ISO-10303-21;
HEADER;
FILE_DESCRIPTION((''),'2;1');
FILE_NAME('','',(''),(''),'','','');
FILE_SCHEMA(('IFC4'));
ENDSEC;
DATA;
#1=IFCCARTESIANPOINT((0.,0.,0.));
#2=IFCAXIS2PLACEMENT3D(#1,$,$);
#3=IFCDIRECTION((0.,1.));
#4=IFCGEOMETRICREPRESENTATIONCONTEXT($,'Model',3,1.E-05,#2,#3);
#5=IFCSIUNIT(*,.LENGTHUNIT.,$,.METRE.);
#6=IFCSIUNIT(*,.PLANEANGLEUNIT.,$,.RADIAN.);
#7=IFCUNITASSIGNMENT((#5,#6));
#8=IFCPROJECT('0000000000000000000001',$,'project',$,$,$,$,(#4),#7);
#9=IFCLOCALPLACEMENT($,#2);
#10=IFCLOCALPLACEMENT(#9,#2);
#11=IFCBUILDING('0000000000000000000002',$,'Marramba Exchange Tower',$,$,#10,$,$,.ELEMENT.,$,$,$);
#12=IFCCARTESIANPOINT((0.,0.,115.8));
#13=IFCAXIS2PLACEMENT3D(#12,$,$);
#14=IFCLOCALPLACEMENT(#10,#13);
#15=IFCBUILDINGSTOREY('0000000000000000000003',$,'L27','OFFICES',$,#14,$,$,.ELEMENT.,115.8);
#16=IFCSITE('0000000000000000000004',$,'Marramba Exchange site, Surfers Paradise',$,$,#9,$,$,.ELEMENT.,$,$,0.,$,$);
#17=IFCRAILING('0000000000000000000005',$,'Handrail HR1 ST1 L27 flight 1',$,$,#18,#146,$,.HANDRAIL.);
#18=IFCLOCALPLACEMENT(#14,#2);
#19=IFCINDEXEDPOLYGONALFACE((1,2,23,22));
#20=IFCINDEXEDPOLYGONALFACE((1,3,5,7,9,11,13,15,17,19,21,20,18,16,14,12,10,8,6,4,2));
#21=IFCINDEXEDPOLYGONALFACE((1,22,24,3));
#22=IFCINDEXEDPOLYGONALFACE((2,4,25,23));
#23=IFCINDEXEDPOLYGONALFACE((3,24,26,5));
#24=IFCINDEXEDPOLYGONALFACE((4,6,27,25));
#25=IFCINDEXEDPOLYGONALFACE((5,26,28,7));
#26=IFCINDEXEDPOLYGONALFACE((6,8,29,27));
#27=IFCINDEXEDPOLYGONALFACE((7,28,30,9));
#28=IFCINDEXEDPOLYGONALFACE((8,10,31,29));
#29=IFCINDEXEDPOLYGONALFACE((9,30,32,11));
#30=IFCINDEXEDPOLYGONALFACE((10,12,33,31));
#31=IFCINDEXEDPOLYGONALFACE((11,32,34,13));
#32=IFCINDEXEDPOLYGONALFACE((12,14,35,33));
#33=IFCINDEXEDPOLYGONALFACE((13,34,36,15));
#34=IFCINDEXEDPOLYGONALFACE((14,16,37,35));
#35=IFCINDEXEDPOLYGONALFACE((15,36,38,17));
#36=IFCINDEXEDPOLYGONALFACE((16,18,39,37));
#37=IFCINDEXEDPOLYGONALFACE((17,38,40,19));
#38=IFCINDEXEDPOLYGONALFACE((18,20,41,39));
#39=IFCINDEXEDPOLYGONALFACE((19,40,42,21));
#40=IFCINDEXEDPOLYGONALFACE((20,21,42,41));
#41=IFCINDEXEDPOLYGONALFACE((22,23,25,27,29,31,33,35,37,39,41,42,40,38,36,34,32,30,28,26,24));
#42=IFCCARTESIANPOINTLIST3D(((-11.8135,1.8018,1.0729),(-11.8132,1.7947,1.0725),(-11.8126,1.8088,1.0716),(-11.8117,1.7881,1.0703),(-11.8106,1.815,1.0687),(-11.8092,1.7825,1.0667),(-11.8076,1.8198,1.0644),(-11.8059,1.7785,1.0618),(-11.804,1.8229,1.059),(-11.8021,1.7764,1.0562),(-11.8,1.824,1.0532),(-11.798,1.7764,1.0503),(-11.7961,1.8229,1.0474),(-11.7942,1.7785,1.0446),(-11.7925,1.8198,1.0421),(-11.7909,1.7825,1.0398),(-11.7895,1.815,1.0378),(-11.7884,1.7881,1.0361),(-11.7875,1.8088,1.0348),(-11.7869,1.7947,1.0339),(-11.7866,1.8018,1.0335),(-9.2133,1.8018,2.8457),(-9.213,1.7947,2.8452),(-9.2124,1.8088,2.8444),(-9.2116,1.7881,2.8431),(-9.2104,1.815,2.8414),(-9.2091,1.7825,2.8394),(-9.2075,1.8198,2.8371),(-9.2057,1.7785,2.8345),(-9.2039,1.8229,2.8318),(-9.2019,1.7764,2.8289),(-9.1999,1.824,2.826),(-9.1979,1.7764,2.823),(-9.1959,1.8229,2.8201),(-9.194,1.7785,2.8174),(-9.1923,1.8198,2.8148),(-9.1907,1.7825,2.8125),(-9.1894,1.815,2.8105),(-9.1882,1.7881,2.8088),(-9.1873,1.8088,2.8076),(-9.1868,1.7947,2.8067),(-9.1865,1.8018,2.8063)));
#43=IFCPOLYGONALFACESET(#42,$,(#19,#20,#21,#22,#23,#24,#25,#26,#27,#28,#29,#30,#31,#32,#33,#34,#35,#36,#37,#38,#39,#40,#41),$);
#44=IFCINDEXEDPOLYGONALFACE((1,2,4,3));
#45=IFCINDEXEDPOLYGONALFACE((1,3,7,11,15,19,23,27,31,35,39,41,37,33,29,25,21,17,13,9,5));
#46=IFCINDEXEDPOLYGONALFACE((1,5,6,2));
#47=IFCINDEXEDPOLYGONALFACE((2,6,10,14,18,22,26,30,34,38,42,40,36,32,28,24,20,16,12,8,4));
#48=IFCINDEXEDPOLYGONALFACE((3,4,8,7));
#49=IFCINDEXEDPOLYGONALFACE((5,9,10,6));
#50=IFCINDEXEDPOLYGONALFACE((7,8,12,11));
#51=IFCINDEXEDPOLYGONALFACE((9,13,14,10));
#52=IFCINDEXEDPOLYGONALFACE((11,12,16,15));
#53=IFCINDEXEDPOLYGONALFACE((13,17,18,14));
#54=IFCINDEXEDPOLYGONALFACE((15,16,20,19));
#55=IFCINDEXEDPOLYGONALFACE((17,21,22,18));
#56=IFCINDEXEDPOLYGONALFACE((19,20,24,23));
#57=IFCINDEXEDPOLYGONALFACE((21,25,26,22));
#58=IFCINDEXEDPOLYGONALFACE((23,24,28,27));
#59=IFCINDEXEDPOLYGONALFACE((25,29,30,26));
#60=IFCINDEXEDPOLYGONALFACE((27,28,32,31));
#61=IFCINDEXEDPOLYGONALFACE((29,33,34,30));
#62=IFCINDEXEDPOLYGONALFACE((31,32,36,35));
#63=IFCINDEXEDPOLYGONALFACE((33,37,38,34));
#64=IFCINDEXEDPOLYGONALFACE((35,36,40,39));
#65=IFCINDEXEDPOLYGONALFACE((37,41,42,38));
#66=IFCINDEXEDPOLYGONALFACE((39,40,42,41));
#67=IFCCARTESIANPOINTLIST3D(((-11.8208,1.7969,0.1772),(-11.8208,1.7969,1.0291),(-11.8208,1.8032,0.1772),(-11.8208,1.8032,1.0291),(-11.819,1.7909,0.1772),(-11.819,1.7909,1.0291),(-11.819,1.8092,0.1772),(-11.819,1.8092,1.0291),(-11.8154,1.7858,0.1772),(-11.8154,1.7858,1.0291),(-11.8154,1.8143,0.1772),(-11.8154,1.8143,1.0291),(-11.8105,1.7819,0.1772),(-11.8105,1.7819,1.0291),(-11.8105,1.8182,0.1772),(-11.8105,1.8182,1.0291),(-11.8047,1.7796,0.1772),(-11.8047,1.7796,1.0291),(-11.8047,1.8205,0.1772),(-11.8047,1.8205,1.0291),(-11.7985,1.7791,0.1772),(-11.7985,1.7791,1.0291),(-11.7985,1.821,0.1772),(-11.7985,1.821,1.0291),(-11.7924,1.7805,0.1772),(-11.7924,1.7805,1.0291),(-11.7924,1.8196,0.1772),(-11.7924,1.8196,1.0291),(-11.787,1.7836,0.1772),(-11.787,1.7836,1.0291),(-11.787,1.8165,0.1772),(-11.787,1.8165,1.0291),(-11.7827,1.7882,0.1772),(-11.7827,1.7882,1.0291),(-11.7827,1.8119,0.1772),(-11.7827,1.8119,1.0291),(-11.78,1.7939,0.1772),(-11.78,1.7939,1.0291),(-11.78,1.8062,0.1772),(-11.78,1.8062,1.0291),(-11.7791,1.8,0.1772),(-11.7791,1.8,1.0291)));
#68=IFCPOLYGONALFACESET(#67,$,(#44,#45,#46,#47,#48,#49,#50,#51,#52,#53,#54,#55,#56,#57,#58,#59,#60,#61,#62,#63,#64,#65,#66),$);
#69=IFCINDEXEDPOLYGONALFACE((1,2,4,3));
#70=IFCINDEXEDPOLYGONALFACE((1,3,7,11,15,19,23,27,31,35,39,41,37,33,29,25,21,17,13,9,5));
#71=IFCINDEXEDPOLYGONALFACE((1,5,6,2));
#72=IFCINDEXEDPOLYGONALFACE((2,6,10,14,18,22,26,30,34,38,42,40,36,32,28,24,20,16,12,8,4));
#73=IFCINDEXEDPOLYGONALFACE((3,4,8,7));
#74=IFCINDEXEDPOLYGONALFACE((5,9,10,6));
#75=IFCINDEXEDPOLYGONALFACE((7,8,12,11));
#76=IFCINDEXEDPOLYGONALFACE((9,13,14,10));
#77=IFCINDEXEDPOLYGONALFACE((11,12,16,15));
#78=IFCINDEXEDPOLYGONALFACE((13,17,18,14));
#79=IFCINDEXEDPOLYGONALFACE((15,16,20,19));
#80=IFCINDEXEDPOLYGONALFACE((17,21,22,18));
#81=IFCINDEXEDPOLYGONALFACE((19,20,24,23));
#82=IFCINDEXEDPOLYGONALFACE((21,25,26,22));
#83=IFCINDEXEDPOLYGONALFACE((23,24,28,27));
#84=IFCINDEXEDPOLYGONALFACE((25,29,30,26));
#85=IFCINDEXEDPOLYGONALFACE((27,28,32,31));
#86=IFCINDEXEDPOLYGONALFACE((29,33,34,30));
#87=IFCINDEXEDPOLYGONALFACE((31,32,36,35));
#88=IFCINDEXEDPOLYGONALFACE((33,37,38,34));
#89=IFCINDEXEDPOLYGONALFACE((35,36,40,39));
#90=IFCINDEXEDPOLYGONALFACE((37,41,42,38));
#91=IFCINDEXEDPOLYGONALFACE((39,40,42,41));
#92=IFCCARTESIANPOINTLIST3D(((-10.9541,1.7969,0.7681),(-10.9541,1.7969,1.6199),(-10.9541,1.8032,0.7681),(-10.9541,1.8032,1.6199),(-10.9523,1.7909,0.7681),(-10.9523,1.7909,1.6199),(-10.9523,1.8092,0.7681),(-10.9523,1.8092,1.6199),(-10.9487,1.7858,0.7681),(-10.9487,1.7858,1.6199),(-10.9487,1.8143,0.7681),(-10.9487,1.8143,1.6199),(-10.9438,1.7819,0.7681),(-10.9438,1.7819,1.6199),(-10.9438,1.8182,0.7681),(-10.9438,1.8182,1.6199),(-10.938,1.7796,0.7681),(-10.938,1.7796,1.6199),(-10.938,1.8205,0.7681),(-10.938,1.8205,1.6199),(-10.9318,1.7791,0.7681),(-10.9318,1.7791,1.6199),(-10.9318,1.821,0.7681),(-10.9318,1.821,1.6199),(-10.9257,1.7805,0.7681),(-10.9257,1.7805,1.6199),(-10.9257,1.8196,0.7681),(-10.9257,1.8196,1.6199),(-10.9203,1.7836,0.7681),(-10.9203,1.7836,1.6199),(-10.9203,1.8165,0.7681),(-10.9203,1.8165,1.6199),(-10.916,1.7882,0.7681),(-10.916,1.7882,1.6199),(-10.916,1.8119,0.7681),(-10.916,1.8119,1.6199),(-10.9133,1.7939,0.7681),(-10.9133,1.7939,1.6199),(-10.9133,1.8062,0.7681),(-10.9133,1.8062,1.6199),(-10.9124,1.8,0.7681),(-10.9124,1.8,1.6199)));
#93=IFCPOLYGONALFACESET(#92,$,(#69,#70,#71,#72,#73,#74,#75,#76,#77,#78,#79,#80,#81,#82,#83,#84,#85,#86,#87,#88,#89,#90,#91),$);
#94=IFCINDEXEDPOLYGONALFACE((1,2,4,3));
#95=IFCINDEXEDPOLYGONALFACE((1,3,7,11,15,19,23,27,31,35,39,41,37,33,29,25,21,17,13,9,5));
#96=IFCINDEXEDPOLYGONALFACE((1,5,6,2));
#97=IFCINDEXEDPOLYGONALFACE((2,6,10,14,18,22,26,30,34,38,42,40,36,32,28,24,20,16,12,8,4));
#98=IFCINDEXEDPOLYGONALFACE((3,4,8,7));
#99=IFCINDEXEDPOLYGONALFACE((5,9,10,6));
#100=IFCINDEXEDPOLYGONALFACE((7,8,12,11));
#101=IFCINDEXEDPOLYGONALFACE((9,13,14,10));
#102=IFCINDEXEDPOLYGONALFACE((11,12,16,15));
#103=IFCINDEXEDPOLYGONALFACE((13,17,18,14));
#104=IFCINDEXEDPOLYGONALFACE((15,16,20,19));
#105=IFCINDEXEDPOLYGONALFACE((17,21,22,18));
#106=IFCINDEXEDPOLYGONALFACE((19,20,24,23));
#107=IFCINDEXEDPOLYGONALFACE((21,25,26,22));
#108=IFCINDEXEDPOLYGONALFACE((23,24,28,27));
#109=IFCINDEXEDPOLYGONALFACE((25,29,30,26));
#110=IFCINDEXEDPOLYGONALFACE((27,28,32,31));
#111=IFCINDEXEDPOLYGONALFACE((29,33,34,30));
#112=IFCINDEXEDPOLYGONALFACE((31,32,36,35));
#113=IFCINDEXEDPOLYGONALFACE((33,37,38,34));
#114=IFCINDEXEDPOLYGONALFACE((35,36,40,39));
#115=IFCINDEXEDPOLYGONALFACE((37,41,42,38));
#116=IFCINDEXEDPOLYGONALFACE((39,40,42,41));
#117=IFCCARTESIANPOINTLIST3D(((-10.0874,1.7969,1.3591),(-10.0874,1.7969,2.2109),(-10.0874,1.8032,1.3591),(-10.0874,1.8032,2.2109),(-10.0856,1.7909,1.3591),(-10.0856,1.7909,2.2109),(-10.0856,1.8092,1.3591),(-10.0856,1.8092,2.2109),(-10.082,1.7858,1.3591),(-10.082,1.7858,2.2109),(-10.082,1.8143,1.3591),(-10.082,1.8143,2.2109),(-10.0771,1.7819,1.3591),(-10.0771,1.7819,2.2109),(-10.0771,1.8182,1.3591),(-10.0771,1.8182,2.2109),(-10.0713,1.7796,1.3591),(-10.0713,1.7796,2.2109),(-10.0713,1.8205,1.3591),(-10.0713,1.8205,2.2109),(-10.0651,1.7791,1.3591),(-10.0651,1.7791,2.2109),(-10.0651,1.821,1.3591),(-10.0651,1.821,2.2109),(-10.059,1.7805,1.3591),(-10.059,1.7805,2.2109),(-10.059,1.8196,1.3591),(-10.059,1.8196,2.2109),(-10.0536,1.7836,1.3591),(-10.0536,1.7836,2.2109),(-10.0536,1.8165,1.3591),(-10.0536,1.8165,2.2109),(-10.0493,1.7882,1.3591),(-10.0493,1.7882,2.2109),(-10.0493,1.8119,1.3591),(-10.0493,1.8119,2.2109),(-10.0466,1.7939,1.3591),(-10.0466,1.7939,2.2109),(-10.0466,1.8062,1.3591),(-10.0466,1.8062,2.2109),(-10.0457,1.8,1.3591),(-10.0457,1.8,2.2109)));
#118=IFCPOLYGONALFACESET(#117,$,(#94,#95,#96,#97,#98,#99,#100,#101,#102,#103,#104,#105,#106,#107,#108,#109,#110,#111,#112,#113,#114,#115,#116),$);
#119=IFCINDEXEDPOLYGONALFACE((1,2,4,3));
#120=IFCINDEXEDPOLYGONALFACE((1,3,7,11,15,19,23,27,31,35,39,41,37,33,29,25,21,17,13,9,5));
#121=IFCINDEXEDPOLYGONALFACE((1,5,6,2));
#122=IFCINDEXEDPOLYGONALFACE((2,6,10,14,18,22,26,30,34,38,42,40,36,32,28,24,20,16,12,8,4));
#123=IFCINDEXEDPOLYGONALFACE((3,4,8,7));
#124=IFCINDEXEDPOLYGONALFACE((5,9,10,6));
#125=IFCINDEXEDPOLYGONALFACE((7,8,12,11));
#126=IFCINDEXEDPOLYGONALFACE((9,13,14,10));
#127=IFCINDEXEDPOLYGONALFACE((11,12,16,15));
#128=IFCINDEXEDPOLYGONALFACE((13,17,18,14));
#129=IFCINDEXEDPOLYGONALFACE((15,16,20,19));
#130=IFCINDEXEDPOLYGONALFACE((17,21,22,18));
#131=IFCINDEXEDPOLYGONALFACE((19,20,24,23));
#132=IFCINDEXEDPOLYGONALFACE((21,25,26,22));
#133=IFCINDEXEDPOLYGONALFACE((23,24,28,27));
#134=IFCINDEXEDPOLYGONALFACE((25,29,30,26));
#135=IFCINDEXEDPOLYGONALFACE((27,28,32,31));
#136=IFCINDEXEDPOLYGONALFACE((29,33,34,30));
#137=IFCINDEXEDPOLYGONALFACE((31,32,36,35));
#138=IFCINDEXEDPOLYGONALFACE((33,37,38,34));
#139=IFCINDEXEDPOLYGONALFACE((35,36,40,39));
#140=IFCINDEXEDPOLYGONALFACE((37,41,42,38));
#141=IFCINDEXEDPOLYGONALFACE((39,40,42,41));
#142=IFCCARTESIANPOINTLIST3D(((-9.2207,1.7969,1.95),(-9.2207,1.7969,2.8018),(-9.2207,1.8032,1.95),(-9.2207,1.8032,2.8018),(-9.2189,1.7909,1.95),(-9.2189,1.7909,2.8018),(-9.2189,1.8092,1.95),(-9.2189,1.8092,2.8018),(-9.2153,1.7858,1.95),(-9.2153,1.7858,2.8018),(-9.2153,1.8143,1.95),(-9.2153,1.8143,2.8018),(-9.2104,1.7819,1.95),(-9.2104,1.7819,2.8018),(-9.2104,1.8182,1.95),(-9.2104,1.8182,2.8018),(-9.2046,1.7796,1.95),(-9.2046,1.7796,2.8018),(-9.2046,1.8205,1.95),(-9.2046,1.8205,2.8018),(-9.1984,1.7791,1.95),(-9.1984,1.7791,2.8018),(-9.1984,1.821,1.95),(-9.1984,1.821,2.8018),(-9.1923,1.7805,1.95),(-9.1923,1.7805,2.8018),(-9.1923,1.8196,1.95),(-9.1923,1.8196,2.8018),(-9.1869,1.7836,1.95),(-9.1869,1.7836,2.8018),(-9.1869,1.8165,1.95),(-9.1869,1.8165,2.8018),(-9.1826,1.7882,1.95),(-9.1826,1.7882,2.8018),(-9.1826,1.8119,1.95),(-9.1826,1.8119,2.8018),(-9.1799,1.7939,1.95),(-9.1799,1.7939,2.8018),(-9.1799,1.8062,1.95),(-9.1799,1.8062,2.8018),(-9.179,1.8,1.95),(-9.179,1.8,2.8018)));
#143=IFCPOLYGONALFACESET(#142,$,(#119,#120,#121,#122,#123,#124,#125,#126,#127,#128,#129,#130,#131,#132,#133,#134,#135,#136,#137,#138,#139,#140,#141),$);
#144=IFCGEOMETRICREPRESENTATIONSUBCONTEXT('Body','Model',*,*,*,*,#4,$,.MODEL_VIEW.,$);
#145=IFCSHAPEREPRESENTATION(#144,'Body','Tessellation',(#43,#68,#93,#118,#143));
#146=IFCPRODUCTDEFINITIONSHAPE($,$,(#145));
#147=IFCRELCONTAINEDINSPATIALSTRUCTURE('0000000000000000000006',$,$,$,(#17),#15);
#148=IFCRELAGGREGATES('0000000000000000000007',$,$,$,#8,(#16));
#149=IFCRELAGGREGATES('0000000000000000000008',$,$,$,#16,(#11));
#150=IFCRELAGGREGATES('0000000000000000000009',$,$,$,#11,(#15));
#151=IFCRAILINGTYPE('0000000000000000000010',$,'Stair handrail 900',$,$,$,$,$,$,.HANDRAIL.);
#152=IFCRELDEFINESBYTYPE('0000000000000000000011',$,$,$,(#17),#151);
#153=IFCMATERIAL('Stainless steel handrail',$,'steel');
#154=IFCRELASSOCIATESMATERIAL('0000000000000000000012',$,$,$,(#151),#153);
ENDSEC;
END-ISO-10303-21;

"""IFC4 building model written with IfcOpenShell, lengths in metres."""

from ifc_helpers import new_model, si_unit, direction, frame, origin, origin_2d, place, context, subcontext, project, spatial, circle, extrude, material, type_object, element, save


model = new_model("IFC4")

# Units and contexts
model_context = context("Model", 3, precision=1e-05, world=origin(), true_north=direction((0.0, 1.0)))
body_context = subcontext(model_context, "Body", "Model", "MODEL_VIEW")
ifc_project = project(units=[si_unit("LENGTHUNIT", "METRE"), si_unit("PLANEANGLEUNIT", "RADIAN")], contexts=[model_context])

# Site, building, storey
site_placement = place(None, origin())
site = spatial("IfcSite", under=ifc_project, at=site_placement, Name="Marramba Exchange site, Surfers Paradise", CompositionType="ELEMENT", RefElevation=0.0)
building_placement = place(site_placement, origin())
building = spatial("IfcBuilding", under=site, at=building_placement, Name="Marramba Exchange Tower", CompositionType="ELEMENT")
storey_placement = place(building_placement, frame((0.0, 0.0, 115.8)))
storey = spatial("IfcBuildingStorey", under=building, at=storey_placement, Name="L27", Description="OFFICES", CompositionType="ELEMENT", Elevation=115.8)

# Railing
ifc_material_1 = material(Name="Stainless steel handrail", Category="steel")
railing_type = type_object("IfcRailingType", Name="Stair handrail 900", PredefinedType="HANDRAIL", material=ifc_material_1)
railing_placement = place(storey_placement, frame((-11.8, 1.8, 0.1772)))
element("IfcRailing", 1, at=railing_placement, inside=storey, type_object=railing_type, Name="Handrail HR1 ST1 L27 flight 1", PredefinedType="HANDRAIL", context=body_context, shape_type="SweptSolid", body=[
    extrude(circle(Radius=0.0239, at=origin_2d()), frame((0.0, 0.0, 0.876), z_axis=(0.82624, 0.0, 0.563318), x_axis=(0.0, 1.0, 0.0)), (0.0, 0.0, 1.0), 3.147),
    extrude(circle(Radius=0.021, at=origin_2d()), origin(), (0.0, 0.0, 1.0), 0.8518),
    extrude(circle(Radius=0.021, at=origin_2d()), frame((0.8667, 0.0, 0.5908)), (0.0, 0.0, 1.0), 0.8518),
    extrude(circle(Radius=0.021, at=origin_2d()), frame((1.7334, 0.0, 1.1819)), (0.0, 0.0, 1.0), 0.8518),
    extrude(circle(Radius=0.021, at=origin_2d()), frame((2.6001, 0.0, 1.7727)), (0.0, 0.0, 1.0), 0.8518),
])

save(model, "model.ifc")
